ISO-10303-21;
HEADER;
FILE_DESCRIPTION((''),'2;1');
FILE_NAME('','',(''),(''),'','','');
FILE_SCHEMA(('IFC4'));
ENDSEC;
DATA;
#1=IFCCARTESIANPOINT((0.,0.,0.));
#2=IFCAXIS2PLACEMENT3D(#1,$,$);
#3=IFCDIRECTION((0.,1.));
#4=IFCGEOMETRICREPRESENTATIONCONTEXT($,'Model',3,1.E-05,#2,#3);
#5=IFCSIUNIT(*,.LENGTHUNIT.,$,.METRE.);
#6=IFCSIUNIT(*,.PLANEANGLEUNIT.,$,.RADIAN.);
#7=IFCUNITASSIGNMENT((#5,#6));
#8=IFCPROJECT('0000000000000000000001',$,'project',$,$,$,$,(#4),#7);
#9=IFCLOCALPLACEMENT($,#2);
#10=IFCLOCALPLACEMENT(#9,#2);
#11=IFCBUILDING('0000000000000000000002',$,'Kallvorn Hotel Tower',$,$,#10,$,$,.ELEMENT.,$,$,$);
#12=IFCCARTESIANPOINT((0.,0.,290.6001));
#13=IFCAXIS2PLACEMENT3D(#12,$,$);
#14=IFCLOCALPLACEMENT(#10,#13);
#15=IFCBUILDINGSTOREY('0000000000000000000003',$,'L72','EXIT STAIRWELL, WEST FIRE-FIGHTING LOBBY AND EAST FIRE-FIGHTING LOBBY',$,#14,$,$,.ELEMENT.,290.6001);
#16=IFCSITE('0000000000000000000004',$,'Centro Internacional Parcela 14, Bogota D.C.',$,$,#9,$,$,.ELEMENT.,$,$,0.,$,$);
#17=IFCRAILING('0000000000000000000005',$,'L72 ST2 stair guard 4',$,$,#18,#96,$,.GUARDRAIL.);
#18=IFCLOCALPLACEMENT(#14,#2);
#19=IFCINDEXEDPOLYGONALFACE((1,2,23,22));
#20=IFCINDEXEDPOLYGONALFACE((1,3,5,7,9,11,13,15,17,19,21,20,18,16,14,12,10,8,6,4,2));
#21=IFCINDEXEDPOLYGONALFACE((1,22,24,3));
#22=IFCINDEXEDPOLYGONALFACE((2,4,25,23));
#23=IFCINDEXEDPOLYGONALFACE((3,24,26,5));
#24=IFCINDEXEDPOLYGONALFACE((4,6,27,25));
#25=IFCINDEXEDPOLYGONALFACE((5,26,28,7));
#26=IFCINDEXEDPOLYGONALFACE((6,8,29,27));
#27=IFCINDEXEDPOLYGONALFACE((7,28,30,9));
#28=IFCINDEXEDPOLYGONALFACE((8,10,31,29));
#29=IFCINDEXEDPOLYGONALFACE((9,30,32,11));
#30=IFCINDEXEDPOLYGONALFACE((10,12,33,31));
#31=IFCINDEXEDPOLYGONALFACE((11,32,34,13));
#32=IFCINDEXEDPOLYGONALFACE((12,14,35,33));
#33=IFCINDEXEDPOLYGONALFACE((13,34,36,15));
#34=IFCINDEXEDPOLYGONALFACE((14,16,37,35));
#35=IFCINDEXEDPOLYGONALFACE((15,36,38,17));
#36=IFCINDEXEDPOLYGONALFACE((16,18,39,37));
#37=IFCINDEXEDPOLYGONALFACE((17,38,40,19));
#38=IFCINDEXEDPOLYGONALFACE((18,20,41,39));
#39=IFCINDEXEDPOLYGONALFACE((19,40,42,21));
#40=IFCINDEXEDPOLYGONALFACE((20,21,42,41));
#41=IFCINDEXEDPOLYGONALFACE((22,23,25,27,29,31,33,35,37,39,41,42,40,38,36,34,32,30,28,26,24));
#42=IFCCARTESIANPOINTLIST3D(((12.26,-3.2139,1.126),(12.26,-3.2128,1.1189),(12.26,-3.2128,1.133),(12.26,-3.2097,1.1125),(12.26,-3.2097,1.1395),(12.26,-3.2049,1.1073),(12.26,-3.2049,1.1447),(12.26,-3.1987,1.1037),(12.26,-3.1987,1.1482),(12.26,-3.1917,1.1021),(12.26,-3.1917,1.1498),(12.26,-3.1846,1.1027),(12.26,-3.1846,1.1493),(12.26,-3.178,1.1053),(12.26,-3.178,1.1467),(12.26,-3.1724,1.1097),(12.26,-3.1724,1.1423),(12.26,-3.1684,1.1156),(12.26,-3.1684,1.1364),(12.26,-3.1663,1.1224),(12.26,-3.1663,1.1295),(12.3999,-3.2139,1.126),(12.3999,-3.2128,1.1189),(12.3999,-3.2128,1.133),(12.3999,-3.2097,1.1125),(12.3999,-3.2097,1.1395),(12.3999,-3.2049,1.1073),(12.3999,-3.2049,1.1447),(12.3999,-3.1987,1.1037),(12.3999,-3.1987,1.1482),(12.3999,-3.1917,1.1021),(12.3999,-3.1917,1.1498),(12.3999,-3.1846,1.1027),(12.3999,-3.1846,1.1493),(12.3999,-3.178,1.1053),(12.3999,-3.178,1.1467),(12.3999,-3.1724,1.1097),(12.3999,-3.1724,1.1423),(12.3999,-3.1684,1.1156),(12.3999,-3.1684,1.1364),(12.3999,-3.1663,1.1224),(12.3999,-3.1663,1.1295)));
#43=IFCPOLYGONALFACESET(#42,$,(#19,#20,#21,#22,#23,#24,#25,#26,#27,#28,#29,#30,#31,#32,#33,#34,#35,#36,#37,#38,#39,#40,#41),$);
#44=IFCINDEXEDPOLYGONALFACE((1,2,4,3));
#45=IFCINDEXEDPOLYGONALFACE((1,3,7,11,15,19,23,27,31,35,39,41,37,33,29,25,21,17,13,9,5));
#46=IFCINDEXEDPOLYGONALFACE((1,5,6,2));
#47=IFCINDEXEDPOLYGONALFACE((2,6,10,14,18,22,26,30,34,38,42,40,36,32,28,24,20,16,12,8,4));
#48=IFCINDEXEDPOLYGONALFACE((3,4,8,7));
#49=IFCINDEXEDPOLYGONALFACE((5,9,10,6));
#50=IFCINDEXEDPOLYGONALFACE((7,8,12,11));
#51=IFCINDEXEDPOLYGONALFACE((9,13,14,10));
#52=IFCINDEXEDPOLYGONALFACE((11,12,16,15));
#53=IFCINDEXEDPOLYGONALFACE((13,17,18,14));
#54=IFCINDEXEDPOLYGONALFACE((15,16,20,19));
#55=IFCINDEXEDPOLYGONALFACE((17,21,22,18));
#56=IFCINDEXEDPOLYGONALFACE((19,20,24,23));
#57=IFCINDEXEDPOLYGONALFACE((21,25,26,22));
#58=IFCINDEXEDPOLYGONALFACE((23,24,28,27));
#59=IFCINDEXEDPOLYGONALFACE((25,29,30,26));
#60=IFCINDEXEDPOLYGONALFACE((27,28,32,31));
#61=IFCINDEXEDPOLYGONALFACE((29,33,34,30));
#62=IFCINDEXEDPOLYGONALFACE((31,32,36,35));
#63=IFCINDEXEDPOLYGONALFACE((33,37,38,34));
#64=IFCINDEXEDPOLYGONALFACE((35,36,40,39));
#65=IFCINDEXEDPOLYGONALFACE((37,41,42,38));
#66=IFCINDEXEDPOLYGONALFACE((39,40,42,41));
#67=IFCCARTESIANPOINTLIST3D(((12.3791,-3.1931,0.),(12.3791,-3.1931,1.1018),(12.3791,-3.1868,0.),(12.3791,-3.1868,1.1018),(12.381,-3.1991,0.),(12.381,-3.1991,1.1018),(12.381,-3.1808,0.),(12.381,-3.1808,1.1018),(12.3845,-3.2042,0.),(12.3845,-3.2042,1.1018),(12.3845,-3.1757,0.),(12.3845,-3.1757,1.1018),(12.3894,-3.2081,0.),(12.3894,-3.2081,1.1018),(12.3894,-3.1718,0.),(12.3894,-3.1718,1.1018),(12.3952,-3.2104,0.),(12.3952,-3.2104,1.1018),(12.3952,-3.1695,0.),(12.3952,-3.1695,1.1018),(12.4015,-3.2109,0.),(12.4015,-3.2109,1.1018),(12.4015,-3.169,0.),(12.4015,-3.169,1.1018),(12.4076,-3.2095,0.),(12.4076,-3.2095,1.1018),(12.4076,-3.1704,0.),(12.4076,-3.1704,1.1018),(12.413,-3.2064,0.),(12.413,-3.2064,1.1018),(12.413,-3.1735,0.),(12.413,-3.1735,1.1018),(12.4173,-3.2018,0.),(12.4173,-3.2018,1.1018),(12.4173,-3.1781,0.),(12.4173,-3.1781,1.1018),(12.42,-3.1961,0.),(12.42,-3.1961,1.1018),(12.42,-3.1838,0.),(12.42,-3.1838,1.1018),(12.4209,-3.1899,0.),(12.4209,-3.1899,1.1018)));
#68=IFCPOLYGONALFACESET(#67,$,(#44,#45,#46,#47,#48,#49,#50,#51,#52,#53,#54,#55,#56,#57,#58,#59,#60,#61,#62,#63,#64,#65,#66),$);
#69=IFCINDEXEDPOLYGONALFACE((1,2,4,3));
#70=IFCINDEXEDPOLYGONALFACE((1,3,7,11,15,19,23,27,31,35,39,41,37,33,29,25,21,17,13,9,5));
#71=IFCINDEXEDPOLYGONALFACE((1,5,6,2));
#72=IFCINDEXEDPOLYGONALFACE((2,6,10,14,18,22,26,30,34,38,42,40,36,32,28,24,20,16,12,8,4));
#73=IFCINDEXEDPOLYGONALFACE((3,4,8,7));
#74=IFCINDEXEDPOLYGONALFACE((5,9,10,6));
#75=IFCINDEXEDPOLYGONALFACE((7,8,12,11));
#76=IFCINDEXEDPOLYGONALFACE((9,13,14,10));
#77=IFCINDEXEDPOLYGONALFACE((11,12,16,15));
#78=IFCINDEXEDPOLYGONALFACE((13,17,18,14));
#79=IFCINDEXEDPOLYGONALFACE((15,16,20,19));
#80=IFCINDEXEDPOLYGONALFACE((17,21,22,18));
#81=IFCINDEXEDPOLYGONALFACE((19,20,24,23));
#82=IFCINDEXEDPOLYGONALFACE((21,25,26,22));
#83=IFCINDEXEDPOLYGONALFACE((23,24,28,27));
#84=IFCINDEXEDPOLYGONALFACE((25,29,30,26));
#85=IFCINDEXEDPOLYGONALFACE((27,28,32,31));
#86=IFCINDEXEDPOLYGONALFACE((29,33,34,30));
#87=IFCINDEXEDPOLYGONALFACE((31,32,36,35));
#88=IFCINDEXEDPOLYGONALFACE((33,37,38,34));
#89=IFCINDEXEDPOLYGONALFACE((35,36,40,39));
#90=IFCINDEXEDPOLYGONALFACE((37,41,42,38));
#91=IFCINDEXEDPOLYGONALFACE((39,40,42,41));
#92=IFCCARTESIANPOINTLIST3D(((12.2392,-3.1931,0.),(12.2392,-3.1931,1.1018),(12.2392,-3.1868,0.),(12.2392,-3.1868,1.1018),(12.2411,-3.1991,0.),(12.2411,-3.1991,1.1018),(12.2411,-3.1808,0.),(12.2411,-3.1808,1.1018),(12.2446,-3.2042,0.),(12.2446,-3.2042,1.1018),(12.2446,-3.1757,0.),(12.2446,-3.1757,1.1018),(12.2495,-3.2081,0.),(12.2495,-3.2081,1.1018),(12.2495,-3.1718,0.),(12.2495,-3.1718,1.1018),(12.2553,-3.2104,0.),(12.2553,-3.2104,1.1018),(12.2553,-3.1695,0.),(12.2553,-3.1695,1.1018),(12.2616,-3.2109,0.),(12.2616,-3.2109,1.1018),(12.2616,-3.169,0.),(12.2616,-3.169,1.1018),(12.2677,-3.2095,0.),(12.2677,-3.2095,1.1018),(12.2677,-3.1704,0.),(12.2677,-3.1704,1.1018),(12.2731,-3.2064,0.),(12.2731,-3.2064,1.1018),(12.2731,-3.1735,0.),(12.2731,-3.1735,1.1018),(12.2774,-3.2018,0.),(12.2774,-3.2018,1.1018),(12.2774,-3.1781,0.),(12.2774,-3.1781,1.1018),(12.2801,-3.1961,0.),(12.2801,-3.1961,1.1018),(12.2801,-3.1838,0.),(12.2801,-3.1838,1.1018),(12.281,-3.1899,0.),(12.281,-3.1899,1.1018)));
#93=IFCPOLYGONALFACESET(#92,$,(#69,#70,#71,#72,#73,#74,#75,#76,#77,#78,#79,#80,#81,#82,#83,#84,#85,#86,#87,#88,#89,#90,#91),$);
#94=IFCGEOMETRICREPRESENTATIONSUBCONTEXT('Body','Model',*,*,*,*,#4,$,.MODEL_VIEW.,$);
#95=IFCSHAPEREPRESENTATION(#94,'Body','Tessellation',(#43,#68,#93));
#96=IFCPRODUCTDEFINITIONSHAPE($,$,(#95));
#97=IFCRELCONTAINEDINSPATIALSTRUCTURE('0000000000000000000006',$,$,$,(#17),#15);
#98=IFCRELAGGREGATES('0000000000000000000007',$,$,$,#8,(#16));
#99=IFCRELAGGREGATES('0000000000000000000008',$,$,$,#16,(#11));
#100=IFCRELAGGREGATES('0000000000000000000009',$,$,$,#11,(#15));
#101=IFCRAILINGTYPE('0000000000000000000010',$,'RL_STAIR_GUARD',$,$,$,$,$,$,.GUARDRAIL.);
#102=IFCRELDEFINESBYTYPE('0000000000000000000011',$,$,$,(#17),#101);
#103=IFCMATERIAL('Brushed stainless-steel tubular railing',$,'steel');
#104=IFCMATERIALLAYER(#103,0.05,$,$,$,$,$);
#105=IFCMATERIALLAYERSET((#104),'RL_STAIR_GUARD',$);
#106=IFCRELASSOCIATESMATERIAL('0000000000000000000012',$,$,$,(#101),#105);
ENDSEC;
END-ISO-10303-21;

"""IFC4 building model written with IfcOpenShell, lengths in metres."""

from ifc_helpers import new_model, si_unit, direction, frame, origin, origin_2d, place, context, subcontext, project, spatial, circle, extrude, material, layer, layer_set, type_object, element, save


model = new_model("IFC4")

# Units and contexts
model_context = context("Model", 3, precision=1e-05, world=origin(), true_north=direction((0.0, 1.0)))
body_context = subcontext(model_context, "Body", "Model", "MODEL_VIEW")
ifc_project = project(units=[si_unit("LENGTHUNIT", "METRE"), si_unit("PLANEANGLEUNIT", "RADIAN")], contexts=[model_context])

# Site, building, storey
site_placement = place(None, origin())
site = spatial("IfcSite", under=ifc_project, at=site_placement, Name="Centro Internacional Parcela 14, Bogota D.C.", CompositionType="ELEMENT", RefElevation=0.0)
building_placement = place(site_placement, origin())
building = spatial("IfcBuilding", under=site, at=building_placement, Name="Kallvorn Hotel Tower", CompositionType="ELEMENT")
storey_placement = place(building_placement, frame((0.0, 0.0, 290.6001)))
storey = spatial("IfcBuildingStorey", under=building, at=storey_placement, Name="L72", Description="EXIT STAIRWELL, WEST FIRE-FIGHTING LOBBY AND EAST FIRE-FIGHTING LOBBY", CompositionType="ELEMENT", Elevation=290.6001)

# Railing
ifc_material_1 = material(Name="Brushed stainless-steel tubular railing", Category="steel")
ifc_layer_1 = layer(ifc_material_1, 0.05)
ifc_layer_set_1 = layer_set([ifc_layer_1], Name="RL_STAIR_GUARD")
railing_type_1 = type_object("IfcRailingType", Name="RL_STAIR_GUARD", PredefinedType="GUARDRAIL", material=ifc_layer_set_1)
railing_1_placement = place(storey_placement, frame((12.3999, -3.1899, 0.0)))
element("IfcRailing", 1, at=railing_1_placement, inside=storey, type_object=railing_type_1, Name="L72 ST2 stair guard 4", PredefinedType="GUARDRAIL", context=body_context, shape_type="SweptSolid", body=[
    extrude(circle(Radius=0.0239, at=origin_2d()), frame((0.0, 0.0, 1.126), z_axis=(-1.0, 0.0, 0.0), x_axis=(0.0, -1.0, 0.0)), (0.0, 0.0, 1.0), 0.1399),
    extrude(circle(Radius=0.021, at=origin_2d()), origin(), (0.0, 0.0, 1.0), 1.1018),
    extrude(circle(Radius=0.021, at=origin_2d()), frame((-0.1399, 0.0, 0.0)), (0.0, 0.0, 1.0), 1.1018),
])

save(model, "model.ifc")
